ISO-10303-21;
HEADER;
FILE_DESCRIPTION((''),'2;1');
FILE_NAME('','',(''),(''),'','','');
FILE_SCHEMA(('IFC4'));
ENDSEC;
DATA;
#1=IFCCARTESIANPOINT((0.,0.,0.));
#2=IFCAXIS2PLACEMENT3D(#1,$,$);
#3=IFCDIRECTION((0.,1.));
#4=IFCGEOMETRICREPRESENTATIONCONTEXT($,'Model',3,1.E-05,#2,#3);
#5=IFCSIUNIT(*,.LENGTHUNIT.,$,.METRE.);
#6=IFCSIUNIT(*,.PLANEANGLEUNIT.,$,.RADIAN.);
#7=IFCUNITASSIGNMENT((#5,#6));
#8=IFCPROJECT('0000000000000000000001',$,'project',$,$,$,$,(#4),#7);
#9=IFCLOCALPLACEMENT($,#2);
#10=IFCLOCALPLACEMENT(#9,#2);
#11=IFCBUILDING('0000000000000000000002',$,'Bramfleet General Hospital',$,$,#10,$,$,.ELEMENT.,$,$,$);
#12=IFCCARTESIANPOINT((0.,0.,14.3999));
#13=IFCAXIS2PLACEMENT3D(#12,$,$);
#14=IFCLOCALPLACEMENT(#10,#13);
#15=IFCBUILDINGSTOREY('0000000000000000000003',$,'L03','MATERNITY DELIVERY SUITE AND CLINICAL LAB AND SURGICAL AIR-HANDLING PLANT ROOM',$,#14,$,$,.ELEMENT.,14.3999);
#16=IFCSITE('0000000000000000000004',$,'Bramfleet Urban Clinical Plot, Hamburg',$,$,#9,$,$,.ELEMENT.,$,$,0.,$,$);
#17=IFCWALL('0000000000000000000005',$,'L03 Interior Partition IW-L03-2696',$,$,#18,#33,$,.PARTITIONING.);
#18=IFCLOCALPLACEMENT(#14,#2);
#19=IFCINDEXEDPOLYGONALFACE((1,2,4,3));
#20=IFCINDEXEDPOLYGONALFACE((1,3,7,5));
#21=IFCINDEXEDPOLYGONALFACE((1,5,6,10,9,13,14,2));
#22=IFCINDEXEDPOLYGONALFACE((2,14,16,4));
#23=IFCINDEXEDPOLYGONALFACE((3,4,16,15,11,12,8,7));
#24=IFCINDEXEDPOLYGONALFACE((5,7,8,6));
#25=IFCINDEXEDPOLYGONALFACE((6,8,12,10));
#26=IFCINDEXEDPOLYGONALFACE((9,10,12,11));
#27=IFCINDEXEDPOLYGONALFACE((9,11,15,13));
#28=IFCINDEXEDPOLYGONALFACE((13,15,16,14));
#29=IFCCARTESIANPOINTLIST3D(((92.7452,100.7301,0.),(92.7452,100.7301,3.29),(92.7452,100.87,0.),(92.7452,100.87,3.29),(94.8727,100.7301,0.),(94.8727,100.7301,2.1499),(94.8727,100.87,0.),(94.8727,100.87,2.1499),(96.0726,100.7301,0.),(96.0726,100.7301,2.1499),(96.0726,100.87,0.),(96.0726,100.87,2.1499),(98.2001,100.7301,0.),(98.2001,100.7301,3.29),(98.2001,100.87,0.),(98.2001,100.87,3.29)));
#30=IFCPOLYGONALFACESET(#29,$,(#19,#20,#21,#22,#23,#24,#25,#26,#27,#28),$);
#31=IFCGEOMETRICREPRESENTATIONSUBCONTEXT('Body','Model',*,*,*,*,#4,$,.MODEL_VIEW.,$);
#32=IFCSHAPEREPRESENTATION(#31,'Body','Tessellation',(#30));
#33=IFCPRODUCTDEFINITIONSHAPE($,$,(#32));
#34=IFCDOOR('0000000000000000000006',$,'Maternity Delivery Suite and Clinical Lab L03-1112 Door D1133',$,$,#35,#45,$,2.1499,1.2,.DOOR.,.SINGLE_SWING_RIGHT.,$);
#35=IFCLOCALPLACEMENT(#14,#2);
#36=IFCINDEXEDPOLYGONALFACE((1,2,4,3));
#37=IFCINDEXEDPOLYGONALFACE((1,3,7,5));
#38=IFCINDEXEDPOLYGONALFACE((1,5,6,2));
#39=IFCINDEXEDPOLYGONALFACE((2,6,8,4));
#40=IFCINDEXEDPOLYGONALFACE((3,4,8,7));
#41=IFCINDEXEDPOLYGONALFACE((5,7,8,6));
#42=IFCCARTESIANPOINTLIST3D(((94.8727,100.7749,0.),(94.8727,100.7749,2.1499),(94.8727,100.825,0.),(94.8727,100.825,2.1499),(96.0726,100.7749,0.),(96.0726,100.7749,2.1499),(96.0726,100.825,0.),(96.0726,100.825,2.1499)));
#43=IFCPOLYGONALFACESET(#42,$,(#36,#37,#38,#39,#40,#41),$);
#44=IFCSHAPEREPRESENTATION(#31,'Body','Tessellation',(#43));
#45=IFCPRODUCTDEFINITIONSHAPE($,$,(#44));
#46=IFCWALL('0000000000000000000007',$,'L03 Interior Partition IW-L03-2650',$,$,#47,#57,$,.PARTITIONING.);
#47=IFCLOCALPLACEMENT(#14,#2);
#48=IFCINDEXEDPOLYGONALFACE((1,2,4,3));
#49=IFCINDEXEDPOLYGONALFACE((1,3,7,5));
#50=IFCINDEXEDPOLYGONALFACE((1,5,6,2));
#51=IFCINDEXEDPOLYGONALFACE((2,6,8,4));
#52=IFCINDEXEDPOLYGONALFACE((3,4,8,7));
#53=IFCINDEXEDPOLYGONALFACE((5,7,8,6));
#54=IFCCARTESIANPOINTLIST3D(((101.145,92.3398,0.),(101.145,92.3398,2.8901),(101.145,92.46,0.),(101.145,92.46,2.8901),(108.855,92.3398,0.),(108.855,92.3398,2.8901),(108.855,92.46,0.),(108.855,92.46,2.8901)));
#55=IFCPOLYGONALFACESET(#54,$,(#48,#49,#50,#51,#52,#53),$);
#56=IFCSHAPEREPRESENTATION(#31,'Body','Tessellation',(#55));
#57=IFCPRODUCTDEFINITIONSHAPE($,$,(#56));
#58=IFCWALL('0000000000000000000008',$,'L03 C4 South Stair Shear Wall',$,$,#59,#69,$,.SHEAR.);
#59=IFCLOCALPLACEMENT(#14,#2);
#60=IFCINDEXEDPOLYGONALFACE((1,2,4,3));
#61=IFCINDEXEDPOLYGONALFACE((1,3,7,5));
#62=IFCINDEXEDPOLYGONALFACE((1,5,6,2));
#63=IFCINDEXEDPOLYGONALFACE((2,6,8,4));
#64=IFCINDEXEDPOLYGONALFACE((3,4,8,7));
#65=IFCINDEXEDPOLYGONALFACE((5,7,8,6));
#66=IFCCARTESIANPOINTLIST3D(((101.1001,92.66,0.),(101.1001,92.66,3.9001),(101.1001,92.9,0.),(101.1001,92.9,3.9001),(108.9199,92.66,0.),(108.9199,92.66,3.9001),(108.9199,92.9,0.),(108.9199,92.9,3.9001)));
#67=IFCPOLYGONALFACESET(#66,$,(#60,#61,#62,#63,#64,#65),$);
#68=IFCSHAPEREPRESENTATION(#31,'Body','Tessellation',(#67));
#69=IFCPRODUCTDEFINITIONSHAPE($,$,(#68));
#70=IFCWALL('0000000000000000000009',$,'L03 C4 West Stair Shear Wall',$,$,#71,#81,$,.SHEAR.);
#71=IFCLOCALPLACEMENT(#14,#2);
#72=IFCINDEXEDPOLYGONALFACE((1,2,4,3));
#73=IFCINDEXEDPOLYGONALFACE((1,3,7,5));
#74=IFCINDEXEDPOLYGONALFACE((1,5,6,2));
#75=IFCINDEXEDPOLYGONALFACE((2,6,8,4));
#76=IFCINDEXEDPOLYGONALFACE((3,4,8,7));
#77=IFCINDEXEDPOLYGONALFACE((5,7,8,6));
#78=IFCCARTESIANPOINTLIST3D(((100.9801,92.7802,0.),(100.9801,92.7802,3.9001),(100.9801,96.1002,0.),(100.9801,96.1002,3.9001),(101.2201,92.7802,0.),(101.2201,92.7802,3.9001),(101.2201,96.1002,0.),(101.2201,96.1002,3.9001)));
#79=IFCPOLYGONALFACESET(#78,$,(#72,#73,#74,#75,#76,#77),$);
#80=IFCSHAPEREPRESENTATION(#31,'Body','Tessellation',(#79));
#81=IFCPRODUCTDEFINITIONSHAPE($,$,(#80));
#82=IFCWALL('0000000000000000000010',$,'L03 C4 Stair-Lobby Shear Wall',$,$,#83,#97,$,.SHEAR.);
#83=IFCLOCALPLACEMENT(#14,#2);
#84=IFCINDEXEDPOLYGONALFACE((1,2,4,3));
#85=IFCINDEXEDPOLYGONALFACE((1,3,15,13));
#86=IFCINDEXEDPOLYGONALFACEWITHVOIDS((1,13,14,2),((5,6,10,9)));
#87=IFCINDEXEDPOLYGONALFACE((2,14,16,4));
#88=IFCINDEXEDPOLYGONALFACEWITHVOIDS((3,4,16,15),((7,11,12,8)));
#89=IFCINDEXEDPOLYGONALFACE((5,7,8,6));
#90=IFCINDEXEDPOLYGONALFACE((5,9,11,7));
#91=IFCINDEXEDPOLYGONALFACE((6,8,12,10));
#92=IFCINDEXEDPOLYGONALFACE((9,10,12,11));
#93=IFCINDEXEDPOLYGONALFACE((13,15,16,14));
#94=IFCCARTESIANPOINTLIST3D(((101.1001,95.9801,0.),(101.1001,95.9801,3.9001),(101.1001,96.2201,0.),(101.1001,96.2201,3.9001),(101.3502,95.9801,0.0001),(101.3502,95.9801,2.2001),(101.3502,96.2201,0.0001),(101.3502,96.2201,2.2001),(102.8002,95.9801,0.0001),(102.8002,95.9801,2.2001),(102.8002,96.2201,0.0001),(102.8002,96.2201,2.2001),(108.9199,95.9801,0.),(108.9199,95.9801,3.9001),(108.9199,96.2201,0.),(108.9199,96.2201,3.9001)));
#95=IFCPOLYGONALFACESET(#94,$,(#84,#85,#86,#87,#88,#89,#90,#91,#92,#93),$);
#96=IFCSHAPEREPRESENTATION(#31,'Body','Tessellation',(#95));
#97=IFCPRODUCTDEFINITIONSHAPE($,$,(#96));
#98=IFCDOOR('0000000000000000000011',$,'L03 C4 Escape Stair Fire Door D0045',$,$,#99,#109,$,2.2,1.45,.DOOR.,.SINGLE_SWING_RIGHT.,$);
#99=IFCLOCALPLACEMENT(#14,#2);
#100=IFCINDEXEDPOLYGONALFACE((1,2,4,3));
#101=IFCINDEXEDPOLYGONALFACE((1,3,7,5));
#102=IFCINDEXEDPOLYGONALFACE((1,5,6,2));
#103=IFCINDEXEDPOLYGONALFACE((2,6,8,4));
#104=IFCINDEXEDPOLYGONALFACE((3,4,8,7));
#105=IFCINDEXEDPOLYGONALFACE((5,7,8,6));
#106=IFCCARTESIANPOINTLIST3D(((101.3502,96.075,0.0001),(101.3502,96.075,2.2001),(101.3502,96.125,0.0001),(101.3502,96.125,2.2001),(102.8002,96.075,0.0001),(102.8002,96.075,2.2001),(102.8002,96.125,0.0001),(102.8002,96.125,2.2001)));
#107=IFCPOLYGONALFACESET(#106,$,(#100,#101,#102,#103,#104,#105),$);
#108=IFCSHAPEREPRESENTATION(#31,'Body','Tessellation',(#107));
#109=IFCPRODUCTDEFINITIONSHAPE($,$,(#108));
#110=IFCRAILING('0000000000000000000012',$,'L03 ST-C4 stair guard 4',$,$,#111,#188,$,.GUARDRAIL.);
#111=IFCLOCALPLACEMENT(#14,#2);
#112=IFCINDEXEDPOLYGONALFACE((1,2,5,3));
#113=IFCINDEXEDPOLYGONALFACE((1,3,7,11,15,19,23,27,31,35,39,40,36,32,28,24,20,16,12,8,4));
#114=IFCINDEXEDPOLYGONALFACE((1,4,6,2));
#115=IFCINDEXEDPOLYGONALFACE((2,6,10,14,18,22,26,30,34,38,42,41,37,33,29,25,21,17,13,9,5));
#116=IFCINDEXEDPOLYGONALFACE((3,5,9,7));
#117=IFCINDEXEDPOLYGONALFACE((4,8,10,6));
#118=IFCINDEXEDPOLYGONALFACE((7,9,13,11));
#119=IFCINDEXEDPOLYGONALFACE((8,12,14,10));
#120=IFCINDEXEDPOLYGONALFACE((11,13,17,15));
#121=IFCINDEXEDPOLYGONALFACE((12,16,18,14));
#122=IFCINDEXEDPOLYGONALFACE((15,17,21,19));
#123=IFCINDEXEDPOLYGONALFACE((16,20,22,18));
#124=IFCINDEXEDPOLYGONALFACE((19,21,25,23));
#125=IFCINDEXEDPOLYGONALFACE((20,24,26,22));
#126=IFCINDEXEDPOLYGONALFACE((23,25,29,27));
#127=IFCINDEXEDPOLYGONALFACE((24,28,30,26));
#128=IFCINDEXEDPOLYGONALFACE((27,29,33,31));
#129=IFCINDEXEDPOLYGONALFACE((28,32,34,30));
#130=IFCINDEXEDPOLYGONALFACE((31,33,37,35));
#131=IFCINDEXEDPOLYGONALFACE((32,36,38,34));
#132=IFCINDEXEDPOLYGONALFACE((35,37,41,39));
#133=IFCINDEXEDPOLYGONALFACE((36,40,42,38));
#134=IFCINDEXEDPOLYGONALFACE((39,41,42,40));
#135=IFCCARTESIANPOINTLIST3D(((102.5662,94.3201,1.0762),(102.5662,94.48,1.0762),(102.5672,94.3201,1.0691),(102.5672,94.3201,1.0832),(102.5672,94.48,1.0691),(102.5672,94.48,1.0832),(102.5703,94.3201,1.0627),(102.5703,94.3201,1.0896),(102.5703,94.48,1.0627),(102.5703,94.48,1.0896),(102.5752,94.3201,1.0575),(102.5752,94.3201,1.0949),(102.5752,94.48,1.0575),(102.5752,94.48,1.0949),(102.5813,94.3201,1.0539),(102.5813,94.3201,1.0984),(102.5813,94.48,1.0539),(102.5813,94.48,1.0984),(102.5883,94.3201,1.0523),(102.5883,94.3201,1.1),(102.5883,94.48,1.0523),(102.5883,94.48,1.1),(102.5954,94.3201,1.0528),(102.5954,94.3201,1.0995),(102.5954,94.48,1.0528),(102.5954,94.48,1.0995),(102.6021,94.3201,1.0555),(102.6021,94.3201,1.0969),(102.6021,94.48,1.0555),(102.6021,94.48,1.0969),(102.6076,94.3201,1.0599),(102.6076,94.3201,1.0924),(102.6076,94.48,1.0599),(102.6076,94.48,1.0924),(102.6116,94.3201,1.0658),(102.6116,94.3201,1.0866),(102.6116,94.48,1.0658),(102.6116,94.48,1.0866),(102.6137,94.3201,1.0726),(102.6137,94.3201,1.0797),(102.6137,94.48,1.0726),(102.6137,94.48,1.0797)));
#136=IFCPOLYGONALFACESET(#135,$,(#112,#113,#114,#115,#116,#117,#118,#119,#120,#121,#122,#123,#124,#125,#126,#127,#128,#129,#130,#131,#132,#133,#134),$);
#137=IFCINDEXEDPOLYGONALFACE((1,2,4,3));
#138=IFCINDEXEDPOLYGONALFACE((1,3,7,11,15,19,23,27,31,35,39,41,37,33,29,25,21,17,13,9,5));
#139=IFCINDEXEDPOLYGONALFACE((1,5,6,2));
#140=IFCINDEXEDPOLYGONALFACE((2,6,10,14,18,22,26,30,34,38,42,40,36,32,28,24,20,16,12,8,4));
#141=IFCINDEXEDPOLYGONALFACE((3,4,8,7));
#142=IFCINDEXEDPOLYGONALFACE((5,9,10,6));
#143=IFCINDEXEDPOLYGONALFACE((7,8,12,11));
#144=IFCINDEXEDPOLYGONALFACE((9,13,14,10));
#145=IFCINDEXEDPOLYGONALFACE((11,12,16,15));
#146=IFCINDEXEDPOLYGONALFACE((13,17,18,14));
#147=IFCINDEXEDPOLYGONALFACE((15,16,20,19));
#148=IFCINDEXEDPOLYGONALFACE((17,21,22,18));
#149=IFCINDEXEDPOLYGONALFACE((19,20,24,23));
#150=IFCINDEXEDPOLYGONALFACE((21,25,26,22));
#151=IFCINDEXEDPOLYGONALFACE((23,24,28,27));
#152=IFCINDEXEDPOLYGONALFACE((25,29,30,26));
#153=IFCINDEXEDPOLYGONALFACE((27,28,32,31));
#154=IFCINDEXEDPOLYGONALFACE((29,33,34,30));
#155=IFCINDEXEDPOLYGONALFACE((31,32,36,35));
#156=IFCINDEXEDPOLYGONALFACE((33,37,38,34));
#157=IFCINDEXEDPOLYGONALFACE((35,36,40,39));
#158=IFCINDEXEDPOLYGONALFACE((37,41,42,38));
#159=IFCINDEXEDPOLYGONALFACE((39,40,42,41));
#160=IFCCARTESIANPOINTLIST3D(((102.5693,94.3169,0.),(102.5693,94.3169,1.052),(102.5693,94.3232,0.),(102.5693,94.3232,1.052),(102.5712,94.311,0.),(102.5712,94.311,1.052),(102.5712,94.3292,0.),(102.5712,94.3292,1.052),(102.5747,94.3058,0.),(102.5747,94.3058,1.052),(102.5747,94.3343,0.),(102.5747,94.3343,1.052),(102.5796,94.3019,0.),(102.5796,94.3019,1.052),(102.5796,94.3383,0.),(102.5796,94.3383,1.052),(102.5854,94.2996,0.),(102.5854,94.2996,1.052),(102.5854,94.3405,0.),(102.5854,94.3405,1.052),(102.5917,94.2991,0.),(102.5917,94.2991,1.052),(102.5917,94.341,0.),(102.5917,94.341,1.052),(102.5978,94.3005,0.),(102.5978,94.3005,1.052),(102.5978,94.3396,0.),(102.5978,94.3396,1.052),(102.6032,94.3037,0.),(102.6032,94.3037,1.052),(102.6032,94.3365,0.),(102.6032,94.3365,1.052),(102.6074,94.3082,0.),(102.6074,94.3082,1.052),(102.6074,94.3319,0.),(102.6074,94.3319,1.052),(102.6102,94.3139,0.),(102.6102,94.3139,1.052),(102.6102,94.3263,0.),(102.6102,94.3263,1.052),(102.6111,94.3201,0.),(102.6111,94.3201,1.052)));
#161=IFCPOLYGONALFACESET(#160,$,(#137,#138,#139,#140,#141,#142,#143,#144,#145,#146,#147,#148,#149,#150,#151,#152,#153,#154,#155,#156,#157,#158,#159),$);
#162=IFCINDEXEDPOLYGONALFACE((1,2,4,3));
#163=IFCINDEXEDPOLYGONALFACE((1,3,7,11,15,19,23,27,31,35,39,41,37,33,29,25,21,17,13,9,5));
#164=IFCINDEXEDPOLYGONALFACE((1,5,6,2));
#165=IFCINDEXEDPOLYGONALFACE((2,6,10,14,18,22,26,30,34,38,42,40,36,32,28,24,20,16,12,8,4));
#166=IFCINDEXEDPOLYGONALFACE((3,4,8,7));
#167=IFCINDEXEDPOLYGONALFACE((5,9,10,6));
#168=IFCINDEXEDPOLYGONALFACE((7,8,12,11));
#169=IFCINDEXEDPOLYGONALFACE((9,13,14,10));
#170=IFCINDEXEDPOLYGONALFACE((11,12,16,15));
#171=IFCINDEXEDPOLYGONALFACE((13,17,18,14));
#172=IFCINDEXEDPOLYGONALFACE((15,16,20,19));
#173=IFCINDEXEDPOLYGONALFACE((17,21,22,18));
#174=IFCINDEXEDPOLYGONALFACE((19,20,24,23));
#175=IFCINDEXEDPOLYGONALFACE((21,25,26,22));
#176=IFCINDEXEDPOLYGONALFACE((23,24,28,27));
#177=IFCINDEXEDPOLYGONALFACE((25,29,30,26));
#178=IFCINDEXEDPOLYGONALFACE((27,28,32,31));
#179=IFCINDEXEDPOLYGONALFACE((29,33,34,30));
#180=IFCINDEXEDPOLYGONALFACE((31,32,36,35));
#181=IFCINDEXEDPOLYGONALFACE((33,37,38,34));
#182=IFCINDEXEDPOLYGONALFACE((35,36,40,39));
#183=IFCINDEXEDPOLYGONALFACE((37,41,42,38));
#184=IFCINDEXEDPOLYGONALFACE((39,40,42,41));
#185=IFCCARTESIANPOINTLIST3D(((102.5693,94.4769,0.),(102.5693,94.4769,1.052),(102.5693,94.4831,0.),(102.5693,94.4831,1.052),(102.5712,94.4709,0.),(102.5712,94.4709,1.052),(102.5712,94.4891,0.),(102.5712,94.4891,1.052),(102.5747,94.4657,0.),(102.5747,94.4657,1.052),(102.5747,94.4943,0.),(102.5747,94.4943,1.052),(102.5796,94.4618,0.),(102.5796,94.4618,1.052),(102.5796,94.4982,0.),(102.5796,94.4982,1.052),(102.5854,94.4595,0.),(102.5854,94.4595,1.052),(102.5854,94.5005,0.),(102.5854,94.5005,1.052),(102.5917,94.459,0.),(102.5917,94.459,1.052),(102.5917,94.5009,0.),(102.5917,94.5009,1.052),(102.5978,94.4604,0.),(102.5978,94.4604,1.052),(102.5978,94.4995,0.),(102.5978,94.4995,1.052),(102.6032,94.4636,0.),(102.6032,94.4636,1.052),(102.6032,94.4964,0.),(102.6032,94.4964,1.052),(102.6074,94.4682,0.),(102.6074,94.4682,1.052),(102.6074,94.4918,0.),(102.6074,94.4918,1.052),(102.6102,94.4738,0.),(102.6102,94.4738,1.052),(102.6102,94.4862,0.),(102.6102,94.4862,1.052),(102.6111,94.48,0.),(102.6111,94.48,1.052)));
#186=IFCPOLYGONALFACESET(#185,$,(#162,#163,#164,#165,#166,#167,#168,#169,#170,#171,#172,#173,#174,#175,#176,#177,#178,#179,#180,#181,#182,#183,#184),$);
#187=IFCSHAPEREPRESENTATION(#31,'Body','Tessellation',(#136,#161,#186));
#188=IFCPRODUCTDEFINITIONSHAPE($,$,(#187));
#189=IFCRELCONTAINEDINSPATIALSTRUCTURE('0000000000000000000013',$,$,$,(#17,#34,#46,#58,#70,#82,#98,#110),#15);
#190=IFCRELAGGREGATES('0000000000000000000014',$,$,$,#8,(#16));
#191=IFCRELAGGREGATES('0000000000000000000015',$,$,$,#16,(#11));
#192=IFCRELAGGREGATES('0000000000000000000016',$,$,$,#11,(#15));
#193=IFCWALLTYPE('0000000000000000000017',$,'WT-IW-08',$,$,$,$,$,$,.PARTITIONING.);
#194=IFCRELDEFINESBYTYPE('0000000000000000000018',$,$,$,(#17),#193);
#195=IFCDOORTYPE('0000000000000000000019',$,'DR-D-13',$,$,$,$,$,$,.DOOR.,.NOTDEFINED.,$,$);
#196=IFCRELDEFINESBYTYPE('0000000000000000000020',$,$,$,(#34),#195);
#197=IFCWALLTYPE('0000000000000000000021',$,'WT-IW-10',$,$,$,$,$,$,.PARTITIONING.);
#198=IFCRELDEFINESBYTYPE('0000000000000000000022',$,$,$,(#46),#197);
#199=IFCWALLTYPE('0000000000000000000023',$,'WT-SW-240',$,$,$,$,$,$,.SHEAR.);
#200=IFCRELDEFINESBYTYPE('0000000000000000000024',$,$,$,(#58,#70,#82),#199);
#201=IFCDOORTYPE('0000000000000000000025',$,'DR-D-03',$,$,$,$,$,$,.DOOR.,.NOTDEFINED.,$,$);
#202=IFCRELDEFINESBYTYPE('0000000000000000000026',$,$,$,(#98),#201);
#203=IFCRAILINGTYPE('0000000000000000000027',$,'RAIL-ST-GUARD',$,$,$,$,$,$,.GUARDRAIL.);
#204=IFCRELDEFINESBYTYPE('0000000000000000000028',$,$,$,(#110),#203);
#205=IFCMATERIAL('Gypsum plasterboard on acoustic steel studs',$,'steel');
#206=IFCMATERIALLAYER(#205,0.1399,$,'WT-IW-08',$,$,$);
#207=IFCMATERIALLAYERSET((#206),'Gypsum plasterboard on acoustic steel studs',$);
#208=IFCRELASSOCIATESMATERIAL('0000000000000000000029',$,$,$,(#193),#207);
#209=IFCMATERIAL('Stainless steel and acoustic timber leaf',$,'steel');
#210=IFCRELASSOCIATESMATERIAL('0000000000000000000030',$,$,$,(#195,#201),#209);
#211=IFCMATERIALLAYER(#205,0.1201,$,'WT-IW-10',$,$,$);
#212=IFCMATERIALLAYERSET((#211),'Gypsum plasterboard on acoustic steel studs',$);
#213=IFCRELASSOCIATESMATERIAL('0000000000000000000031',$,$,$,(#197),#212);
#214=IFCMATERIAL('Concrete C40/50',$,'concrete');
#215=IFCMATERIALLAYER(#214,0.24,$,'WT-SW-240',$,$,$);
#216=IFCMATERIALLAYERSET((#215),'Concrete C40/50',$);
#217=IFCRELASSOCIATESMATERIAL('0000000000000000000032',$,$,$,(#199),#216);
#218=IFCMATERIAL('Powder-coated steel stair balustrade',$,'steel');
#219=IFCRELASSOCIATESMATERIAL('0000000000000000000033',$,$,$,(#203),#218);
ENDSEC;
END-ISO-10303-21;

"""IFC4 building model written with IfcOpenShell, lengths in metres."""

from ifc_helpers import new_model, si_unit, direction, frame, frame_2d, origin, origin_2d, place, context, subcontext, project, spatial, rectangle, circle, extrude, material, layer, layer_set, type_object, element, fill, save


model = new_model("IFC4")

# Units and contexts
model_context = context("Model", 3, precision=1e-05, world=origin(), true_north=direction((0.0, 1.0)))
body_context = subcontext(model_context, "Body", "Model", "MODEL_VIEW")
ifc_project = project(units=[si_unit("LENGTHUNIT", "METRE"), si_unit("PLANEANGLEUNIT", "RADIAN")], contexts=[model_context])

# Site, building, storey
site_placement = place(None, origin())
site = spatial("IfcSite", under=ifc_project, at=site_placement, Name="Bramfleet Urban Clinical Plot, Hamburg", CompositionType="ELEMENT", RefElevation=0.0)
building_placement = place(site_placement, origin())
building = spatial("IfcBuilding", under=site, at=building_placement, Name="Bramfleet General Hospital", CompositionType="ELEMENT")
storey_placement = place(building_placement, frame((0.0, 0.0, 14.3999)))
storey = spatial("IfcBuildingStorey", under=building, at=storey_placement, Name="L03", Description="MATERNITY DELIVERY SUITE AND CLINICAL LAB AND SURGICAL AIR-HANDLING PLANT ROOM", CompositionType="ELEMENT", Elevation=14.3999)

# Shared definitions
ifc_material_1 = material(Name="Concrete C40/50", Category="concrete")

# Shared definitions
ifc_material_2 = material(Name="Stainless steel and acoustic timber leaf", Category="steel")

# Wall, opening, door
ifc_material_3 = material(Name="Gypsum plasterboard on acoustic steel studs", Category="steel")
ifc_layer_1 = layer(ifc_material_3, 0.1399, Name="WT-IW-08")
ifc_layer_set_1 = layer_set([ifc_layer_1], Name="Gypsum plasterboard on acoustic steel studs")
wall_type_1 = type_object("IfcWallType", Name="WT-IW-08", PredefinedType="PARTITIONING", material=ifc_layer_set_1)
wall_1_placement = place(storey_placement, frame((92.7451, 100.8, 0.0), z_axis=(0.0, 0.0, 1.0), x_axis=(1.0, 0.0, 0.0)))
wall_1 = element("IfcWall", 1, at=wall_1_placement, inside=storey, type_object=wall_type_1, Name="L03 Interior Partition IW-L03-2696", PredefinedType="PARTITIONING", context=body_context, shape_type="SweptSolid", body=[
    extrude(rectangle(XDim=5.4548, YDim=0.1399, at=frame_2d((2.7275, 0.0))), origin(), (0.0, 0.0, 1.0), 3.29),
])
opening_1_placement = place(wall_1_placement, frame((2.1274, 0.0, 0.0)))
opening_1 = element("IfcOpeningElement", 2, at=opening_1_placement, cuts=wall_1, PredefinedType="OPENING", context=body_context, shape_type="SweptSolid", body=[
    extrude(rectangle(XDim=1.2, YDim=2.1499, at=frame_2d((0.6001, 1.075))), frame((0.0, 0.0798, 0.0), z_axis=(0.0, -1.0, 0.0), x_axis=(1.0, 0.0, 0.0)), (0.0, 0.0, 1.0), 0.1599),
])
door_type_1 = type_object("IfcDoorType", Name="DR-D-13", OperationType="NOTDEFINED", PredefinedType="DOOR", material=ifc_material_2)
door_1_placement = place(opening_1_placement, origin())
door_1 = element("IfcDoor", 3, at=door_1_placement, inside=storey, type_object=door_type_1, Name="Maternity Delivery Suite and Clinical Lab L03-1112 Door D1133", OperationType="SINGLE_SWING_RIGHT", OverallHeight=2.1499, OverallWidth=1.2, PredefinedType="DOOR", context=body_context, shape_type="SweptSolid", body=[
    extrude(rectangle(XDim=1.2, YDim=2.1499, at=frame_2d((0.6001, 1.075))), frame((0.0, 0.0249, 0.0), z_axis=(0.0, -1.0, 0.0), x_axis=(1.0, 0.0, 0.0)), (0.0, 0.0, 1.0), 0.05),
])
fill(opening_1, door_1)

# Walls
ifc_layer_2 = layer(ifc_material_3, 0.1201, Name="WT-IW-10")
ifc_layer_set_2 = layer_set([ifc_layer_2], Name="Gypsum plasterboard on acoustic steel studs")
wall_type_2 = type_object("IfcWallType", Name="WT-IW-10", PredefinedType="PARTITIONING", material=ifc_layer_set_2)
wall_2_placement = place(storey_placement, frame((101.145, 92.3999, 0.0), z_axis=(0.0, 0.0, 1.0), x_axis=(1.0, 0.0, 0.0)))
element("IfcWall", 4, at=wall_2_placement, inside=storey, type_object=wall_type_2, Name="L03 Interior Partition IW-L03-2650", PredefinedType="PARTITIONING", context=body_context, shape_type="SweptSolid", body=[
    extrude(rectangle(XDim=7.71, YDim=0.1201, at=frame_2d((3.855, 0.0))), origin(), (0.0, 0.0, 1.0), 2.8901),
])
ifc_layer_3 = layer(ifc_material_1, 0.24, Name="WT-SW-240")
ifc_layer_set_3 = layer_set([ifc_layer_3], Name="Concrete C40/50")
wall_type_3 = type_object("IfcWallType", Name="WT-SW-240", PredefinedType="SHEAR", material=ifc_layer_set_3)
wall_3_placement = place(storey_placement, frame((101.1001, 92.78, 0.0), z_axis=(0.0, 0.0, 1.0), x_axis=(1.0, 0.0, 0.0)))
element("IfcWall", 5, at=wall_3_placement, inside=storey, type_object=wall_type_3, Name="L03 C4 South Stair Shear Wall", PredefinedType="SHEAR", context=body_context, shape_type="SweptSolid", body=[
    extrude(rectangle(XDim=7.8198, YDim=0.24, at=frame_2d((3.9099, 0.0))), origin(), (0.0, 0.0, 1.0), 3.9001),
])
wall_4_placement = place(storey_placement, frame((101.1001, 92.78, 0.0), z_axis=(0.0, 0.0, 1.0), x_axis=(0.0, 1.0, 0.0)))
element("IfcWall", 6, at=wall_4_placement, inside=storey, type_object=wall_type_3, Name="L03 C4 West Stair Shear Wall", PredefinedType="SHEAR", context=body_context, shape_type="SweptSolid", body=[
    extrude(rectangle(XDim=3.3201, YDim=0.24, at=frame_2d((1.6602, 0.0))), origin(), (0.0, 0.0, 1.0), 3.9001),
])

# Wall, opening, door
wall_5_placement = place(storey_placement, frame((101.1001, 96.1001, 0.0), z_axis=(0.0, 0.0, 1.0), x_axis=(1.0, 0.0, 0.0)))
wall_5 = element("IfcWall", 7, at=wall_5_placement, inside=storey, type_object=wall_type_3, Name="L03 C4 Stair-Lobby Shear Wall", PredefinedType="SHEAR", context=body_context, shape_type="SweptSolid", body=[
    extrude(rectangle(XDim=7.8198, YDim=0.24, at=frame_2d((3.9099, 0.0))), origin(), (0.0, 0.0, 1.0), 3.9001),
])
opening_2_placement = place(wall_5_placement, frame((0.25, 0.0, 0.0)))
opening_2 = element("IfcOpeningElement", 8, at=opening_2_placement, cuts=wall_5, PredefinedType="OPENING", context=body_context, shape_type="SweptSolid", body=[
    extrude(rectangle(XDim=1.45, YDim=2.2, at=frame_2d((0.7251, 1.1001))), frame((0.0, 0.1299, 0.0), z_axis=(0.0, -1.0, 0.0), x_axis=(1.0, 0.0, 0.0)), (0.0, 0.0, 1.0), 0.26),
])
door_type_2 = type_object("IfcDoorType", Name="DR-D-03", OperationType="NOTDEFINED", PredefinedType="DOOR", material=ifc_material_2)
door_2_placement = place(opening_2_placement, origin())
door_2 = element("IfcDoor", 9, at=door_2_placement, inside=storey, type_object=door_type_2, Name="L03 C4 Escape Stair Fire Door D0045", OperationType="SINGLE_SWING_RIGHT", OverallHeight=2.2, OverallWidth=1.45, PredefinedType="DOOR", context=body_context, shape_type="SweptSolid", body=[
    extrude(rectangle(XDim=1.45, YDim=2.2, at=frame_2d((0.7251, 1.1001))), frame((0.0, 0.0249, 0.0), z_axis=(0.0, -1.0, 0.0), x_axis=(1.0, 0.0, 0.0)), (0.0, 0.0, 1.0), 0.05),
])
fill(opening_2, door_2)

# Railing
ifc_material_4 = material(Name="Powder-coated steel stair balustrade", Category="steel")
railing_type_1 = type_object("IfcRailingType", Name="RAIL-ST-GUARD", PredefinedType="GUARDRAIL", material=ifc_material_4)
railing_1_placement = place(storey_placement, frame((102.5901, 94.3201, 0.0)))
element("IfcRailing", 10, at=railing_1_placement, inside=storey, type_object=railing_type_1, Name="L03 ST-C4 stair guard 4", PredefinedType="GUARDRAIL", context=body_context, shape_type="SweptSolid", body=[
    extrude(circle(Radius=0.0239, at=origin_2d()), frame((0.0, 0.0, 1.0762), z_axis=(0.0, 1.0, 0.0), x_axis=(-1.0, 0.0, 0.0)), (0.0, 0.0, 1.0), 0.1599),
    extrude(circle(Radius=0.021, at=origin_2d()), origin(), (0.0, 0.0, 1.0), 1.052),
    extrude(circle(Radius=0.021, at=origin_2d()), frame((0.0, 0.1599, 0.0)), (0.0, 0.0, 1.0), 1.052),
])

save(model, "model.ifc")
